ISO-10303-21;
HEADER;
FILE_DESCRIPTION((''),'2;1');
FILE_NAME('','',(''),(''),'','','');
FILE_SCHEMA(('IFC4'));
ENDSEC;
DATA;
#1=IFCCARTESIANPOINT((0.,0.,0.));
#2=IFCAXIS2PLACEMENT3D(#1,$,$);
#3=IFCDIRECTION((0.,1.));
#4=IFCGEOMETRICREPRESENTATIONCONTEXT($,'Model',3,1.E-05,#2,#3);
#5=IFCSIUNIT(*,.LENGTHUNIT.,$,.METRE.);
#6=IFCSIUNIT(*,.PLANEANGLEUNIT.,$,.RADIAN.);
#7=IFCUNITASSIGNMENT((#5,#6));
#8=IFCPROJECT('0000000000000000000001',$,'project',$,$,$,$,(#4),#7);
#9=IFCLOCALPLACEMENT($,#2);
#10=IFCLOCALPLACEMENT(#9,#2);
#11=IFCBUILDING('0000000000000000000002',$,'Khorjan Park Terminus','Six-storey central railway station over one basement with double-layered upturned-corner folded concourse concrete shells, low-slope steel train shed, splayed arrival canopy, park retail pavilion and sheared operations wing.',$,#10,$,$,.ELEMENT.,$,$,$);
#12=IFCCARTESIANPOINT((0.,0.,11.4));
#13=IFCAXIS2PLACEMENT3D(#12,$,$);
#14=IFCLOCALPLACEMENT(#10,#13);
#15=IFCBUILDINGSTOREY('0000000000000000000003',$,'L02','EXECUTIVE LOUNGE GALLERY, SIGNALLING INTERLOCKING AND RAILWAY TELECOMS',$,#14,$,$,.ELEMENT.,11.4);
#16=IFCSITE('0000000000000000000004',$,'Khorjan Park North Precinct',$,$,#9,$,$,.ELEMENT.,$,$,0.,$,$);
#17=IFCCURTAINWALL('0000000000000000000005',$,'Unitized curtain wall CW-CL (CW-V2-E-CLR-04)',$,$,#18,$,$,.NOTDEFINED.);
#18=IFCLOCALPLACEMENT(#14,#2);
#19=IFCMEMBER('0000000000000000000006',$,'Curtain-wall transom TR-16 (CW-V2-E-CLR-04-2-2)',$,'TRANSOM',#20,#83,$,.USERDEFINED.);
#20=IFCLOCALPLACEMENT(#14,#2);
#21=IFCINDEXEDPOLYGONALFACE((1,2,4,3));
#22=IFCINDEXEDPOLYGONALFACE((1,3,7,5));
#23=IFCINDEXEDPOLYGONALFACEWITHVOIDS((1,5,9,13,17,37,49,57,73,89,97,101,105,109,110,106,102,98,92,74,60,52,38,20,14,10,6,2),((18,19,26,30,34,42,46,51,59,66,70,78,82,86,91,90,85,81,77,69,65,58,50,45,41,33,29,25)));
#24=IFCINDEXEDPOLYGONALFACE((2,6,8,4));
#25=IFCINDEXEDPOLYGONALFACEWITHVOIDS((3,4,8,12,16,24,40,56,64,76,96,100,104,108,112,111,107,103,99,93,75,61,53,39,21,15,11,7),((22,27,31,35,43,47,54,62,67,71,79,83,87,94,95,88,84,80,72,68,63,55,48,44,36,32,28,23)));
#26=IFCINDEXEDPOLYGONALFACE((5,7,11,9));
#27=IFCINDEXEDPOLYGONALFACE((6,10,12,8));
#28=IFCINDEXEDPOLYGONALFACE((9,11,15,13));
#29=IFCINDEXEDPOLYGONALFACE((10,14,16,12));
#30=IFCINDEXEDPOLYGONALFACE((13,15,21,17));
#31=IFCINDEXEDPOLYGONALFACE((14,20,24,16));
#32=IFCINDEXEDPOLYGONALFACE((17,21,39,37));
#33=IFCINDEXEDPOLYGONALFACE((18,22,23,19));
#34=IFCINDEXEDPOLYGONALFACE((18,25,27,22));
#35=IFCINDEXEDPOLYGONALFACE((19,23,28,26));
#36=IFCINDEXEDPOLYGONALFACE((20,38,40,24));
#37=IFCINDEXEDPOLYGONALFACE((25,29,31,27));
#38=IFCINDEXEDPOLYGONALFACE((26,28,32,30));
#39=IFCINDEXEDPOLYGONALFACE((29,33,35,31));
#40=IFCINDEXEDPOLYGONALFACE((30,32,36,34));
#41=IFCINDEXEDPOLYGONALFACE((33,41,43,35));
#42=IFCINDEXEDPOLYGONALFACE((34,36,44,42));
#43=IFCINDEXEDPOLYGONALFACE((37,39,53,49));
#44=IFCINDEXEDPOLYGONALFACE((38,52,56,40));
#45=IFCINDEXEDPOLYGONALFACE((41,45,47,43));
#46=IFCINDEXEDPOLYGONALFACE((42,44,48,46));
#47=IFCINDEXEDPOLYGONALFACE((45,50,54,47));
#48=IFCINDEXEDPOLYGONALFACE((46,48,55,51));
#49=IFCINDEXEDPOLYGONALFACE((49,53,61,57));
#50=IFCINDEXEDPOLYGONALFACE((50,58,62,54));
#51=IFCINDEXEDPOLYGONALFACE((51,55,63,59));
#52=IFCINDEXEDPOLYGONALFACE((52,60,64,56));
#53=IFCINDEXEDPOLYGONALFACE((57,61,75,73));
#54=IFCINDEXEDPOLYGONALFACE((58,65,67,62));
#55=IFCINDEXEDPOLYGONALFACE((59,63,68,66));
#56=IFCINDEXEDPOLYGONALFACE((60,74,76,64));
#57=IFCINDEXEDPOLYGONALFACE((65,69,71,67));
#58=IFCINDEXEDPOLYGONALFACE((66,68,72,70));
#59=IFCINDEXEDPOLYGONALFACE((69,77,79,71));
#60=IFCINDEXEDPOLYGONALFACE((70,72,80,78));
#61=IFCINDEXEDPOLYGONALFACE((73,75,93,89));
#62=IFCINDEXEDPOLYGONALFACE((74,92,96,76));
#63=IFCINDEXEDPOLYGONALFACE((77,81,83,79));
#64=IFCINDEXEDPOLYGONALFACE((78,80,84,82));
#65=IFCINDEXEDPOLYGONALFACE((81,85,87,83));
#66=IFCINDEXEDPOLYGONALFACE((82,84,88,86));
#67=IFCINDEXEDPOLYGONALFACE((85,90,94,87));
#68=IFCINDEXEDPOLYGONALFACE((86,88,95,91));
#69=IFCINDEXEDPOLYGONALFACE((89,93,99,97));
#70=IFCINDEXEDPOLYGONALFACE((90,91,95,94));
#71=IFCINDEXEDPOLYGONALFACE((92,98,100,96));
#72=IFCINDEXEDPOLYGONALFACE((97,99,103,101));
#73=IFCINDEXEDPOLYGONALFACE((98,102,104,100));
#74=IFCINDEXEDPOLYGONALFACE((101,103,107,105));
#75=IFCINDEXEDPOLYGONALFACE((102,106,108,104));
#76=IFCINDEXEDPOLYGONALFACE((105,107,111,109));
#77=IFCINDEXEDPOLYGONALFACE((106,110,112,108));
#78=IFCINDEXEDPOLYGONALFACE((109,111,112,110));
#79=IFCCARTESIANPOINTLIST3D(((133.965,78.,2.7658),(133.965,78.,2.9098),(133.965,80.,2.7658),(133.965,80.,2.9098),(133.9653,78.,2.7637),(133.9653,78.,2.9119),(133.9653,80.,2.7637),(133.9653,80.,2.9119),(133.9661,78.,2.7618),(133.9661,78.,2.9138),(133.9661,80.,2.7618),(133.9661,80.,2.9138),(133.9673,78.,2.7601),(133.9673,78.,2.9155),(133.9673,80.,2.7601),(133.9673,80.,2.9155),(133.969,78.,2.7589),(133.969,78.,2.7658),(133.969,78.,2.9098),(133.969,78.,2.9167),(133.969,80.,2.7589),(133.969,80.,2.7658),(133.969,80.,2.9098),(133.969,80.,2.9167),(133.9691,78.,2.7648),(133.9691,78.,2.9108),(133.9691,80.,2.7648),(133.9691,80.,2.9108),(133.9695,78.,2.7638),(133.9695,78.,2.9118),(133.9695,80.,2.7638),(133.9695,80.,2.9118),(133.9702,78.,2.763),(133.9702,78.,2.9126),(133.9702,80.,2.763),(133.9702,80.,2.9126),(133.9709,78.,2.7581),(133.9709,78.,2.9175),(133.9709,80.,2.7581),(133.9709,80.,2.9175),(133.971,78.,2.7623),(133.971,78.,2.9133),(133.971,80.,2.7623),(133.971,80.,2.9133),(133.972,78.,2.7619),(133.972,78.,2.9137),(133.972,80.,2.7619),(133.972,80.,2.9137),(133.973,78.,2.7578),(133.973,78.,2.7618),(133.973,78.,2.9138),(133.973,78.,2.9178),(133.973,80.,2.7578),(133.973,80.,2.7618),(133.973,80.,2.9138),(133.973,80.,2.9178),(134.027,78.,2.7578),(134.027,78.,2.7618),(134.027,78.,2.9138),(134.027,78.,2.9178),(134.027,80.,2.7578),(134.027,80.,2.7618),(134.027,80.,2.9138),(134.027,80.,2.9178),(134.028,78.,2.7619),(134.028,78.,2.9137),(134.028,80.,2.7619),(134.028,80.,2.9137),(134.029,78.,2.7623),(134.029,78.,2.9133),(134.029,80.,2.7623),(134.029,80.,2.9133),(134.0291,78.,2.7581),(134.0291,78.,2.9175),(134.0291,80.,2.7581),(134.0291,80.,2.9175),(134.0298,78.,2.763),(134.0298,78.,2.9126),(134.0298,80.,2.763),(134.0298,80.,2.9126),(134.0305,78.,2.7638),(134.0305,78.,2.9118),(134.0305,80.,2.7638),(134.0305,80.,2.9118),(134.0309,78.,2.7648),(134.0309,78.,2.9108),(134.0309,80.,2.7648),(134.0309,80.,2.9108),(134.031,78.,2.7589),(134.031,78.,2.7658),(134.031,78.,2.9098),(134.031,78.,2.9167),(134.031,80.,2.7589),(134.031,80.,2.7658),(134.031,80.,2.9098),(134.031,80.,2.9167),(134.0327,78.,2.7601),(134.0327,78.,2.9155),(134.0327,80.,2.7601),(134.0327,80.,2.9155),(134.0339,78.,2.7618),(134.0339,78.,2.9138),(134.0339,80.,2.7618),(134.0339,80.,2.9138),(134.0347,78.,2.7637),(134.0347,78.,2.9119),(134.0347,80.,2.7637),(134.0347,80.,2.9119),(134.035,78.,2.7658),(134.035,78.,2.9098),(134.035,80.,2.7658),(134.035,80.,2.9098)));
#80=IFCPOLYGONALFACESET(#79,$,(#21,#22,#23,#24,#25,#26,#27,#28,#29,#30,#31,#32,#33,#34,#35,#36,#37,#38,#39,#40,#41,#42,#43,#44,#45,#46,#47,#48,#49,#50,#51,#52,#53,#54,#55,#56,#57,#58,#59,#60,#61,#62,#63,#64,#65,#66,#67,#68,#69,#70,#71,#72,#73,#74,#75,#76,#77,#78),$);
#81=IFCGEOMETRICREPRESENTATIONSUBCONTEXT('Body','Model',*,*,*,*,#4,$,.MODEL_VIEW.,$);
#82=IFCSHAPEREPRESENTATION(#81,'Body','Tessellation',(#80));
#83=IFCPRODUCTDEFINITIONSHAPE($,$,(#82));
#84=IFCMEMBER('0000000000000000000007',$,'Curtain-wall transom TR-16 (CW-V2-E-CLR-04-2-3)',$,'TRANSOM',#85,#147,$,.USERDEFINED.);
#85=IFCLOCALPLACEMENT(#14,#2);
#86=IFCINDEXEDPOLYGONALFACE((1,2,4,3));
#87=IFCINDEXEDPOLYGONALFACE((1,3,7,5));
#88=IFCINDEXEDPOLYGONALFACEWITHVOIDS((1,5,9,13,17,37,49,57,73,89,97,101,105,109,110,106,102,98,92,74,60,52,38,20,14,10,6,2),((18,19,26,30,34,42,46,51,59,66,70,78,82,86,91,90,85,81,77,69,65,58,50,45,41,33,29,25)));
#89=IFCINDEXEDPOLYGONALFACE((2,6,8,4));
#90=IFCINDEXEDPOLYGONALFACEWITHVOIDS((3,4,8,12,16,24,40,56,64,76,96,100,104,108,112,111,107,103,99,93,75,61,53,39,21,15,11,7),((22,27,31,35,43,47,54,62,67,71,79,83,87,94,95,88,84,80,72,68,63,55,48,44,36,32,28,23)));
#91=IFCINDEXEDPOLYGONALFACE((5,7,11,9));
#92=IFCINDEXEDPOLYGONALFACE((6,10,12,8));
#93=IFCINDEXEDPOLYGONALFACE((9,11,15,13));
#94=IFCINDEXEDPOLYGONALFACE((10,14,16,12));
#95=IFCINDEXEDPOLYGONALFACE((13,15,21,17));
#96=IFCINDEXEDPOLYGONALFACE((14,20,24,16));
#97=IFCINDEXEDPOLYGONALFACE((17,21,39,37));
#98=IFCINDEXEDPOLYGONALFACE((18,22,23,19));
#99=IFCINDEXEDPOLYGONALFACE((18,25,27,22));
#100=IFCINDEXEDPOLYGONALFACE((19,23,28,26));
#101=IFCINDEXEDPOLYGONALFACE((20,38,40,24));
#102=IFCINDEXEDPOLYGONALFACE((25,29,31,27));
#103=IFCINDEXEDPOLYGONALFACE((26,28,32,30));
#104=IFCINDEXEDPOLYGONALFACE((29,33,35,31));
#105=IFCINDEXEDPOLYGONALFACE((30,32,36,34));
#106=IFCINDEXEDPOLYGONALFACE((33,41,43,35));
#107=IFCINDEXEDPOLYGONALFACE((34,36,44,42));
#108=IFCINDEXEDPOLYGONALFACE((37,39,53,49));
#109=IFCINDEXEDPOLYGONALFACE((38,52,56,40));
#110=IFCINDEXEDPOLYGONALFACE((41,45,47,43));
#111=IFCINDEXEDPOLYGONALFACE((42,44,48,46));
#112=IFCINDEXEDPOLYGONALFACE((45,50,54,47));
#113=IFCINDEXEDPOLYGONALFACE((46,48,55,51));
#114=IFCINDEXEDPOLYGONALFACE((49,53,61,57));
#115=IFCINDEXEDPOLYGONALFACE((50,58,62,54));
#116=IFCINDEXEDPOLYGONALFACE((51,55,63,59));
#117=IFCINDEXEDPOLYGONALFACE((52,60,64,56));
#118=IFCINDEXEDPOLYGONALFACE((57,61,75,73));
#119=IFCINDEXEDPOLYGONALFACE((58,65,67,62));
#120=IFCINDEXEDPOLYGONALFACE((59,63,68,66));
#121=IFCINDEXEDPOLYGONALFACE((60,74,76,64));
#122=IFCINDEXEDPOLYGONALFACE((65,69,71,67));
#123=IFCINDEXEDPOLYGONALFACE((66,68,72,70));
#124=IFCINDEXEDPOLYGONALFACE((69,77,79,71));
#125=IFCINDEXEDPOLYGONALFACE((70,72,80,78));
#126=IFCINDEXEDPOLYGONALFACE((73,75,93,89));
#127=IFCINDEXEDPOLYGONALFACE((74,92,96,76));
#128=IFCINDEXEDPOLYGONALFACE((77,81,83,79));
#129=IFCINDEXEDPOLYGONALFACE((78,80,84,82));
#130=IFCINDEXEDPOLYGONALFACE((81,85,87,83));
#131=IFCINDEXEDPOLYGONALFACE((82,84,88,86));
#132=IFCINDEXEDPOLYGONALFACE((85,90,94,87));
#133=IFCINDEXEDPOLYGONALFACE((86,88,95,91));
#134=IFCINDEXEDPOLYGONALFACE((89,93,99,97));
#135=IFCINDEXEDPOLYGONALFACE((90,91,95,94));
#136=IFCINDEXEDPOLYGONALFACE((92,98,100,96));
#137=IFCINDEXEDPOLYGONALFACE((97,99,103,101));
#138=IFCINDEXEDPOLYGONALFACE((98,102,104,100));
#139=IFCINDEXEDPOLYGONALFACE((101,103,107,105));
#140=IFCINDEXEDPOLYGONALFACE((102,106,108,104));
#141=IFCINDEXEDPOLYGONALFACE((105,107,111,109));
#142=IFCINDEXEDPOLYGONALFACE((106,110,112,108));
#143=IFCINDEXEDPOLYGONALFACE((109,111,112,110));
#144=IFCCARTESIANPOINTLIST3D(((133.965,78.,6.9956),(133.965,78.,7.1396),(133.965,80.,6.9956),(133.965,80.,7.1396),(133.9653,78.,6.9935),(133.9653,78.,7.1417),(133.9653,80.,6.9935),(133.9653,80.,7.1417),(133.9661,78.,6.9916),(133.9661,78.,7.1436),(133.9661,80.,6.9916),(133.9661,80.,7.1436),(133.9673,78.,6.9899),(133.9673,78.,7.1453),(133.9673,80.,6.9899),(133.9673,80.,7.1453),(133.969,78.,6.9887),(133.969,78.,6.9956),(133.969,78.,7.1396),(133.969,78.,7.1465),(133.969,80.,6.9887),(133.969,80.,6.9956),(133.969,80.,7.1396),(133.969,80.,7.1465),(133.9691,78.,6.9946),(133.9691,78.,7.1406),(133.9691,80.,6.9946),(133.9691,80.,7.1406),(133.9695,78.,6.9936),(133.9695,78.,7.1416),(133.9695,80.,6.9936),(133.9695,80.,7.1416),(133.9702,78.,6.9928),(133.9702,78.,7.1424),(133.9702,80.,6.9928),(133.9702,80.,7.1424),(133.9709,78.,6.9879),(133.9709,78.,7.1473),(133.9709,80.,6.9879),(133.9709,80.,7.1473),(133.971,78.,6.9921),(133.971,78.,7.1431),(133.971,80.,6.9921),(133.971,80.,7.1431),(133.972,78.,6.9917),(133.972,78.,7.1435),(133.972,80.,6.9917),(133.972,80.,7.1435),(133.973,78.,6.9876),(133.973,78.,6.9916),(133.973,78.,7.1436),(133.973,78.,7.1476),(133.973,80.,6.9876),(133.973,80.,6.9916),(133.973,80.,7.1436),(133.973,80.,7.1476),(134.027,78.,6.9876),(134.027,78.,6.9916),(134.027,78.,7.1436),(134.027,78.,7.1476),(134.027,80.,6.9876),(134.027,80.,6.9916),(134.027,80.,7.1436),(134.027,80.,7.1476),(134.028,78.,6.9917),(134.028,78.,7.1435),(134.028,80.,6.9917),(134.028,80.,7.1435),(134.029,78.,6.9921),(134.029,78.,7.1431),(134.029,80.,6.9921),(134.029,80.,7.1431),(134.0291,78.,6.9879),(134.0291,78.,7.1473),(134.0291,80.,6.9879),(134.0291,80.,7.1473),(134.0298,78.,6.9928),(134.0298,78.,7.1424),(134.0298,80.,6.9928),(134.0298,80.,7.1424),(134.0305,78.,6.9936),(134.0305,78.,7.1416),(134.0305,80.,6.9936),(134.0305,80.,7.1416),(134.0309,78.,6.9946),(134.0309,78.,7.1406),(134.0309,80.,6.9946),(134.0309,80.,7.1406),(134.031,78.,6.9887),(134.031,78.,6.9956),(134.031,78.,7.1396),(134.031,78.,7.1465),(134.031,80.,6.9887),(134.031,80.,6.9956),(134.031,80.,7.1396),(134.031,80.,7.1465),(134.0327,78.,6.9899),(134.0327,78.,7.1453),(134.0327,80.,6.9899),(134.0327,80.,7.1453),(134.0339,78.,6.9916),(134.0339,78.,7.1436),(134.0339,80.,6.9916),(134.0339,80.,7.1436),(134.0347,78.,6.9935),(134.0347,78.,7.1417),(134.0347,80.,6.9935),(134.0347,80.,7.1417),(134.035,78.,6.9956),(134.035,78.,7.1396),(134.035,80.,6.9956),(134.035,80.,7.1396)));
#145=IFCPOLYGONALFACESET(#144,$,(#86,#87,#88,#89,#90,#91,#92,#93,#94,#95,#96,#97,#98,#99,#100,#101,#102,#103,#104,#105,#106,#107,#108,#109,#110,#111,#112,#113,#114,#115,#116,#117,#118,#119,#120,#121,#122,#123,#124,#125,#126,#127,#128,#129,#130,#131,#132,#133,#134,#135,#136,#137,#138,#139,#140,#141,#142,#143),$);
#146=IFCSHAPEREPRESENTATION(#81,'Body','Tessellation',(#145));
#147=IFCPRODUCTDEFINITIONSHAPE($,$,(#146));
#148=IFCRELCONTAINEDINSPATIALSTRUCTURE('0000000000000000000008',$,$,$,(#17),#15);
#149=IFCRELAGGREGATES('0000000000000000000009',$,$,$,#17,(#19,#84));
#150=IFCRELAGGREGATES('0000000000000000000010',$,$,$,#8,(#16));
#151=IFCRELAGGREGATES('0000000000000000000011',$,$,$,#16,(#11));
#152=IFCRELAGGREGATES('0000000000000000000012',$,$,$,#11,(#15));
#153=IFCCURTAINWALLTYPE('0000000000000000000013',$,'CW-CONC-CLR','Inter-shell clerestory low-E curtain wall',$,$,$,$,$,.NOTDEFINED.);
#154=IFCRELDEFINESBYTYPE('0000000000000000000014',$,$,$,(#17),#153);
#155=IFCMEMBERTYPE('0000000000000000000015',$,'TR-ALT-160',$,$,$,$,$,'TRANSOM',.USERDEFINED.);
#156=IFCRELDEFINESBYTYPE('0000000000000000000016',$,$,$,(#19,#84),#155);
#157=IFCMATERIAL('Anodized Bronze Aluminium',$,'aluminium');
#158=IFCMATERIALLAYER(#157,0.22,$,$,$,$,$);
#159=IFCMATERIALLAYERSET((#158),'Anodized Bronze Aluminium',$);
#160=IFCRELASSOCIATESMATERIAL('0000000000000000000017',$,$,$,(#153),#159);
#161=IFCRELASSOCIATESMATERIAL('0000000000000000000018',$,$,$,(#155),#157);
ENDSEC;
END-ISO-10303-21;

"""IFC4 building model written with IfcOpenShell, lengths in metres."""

from ifc_helpers import new_model, si_unit, direction, frame, origin, origin_2d, place, context, subcontext, project, spatial, hollow_rectangle, extrude, material, layer, layer_set, material_profile, profile_set, type_object, element, aggregate, save


model = new_model("IFC4")

# Units and contexts
model_context = context("Model", 3, precision=1e-05, world=origin(), true_north=direction((0.0, 1.0)))
body_context = subcontext(model_context, "Body", "Model", "MODEL_VIEW")
ifc_project = project(units=[si_unit("LENGTHUNIT", "METRE"), si_unit("PLANEANGLEUNIT", "RADIAN")], contexts=[model_context])

# Site, building, storey
site_placement = place(None, origin())
site = spatial("IfcSite", under=ifc_project, at=site_placement, Name="Khorjan Park North Precinct", CompositionType="ELEMENT", RefElevation=0.0)
building_placement = place(site_placement, origin())
building = spatial("IfcBuilding", under=site, at=building_placement, Name="Khorjan Park Terminus", Description="Six-storey central railway station over one basement with double-layered upturned-corner folded concourse concrete shells, low-slope steel train shed, splayed arrival canopy, park retail pavilion and sheared operations wing.", CompositionType="ELEMENT")
storey_placement = place(building_placement, frame((0.0, 0.0, 11.4)))
storey = spatial("IfcBuildingStorey", under=building, at=storey_placement, Name="L02", Description="EXECUTIVE LOUNGE GALLERY, SIGNALLING INTERLOCKING AND RAILWAY TELECOMS", CompositionType="ELEMENT", Elevation=11.4)

# Curtain wall, members
ifc_material_1 = material(Name="Anodized Bronze Aluminium", Category="aluminium")
ifc_layer_1 = layer(ifc_material_1, 0.22)
ifc_layer_set_1 = layer_set([ifc_layer_1], Name="Anodized Bronze Aluminium")
curtain_wall_type = type_object("IfcCurtainWallType", Name="CW-CONC-CLR", Description="Inter-shell clerestory low-E curtain wall", PredefinedType="NOTDEFINED", material=ifc_layer_set_1)
curtain_wall_placement = place(storey_placement, origin())
curtain_wall = element("IfcCurtainWall", 1, at=curtain_wall_placement, inside=storey, type_object=curtain_wall_type, Name="Unitized curtain wall CW-CL (CW-V2-E-CLR-04)", PredefinedType="NOTDEFINED")
ifc_material_profile_1 = material_profile(ifc_material_1, hollow_rectangle(XDim=0.07, YDim=0.16, WallThickness=0.004, InnerFilletRadius=0.004, OuterFilletRadius=0.008, at=origin_2d()), Name="ALT 70x160x4")
ifc_profile_set_1 = profile_set([ifc_material_profile_1], Name="Anodized Bronze Aluminium")
member_type_1 = type_object("IfcMemberType", Name="TR-ALT-160", ElementType="TRANSOM", PredefinedType="USERDEFINED", material=ifc_profile_set_1)
member_1_placement = place(storey_placement, frame((134.0, 78.0, 2.8378), z_axis=(0.0, 1.0, 0.0), x_axis=(-1.0, 0.0, 0.0)))
member_1 = element("IfcMember", 2, at=member_1_placement, type_object=member_type_1, Name="Curtain-wall transom TR-16 (CW-V2-E-CLR-04-2-2)", ObjectType="TRANSOM", PredefinedType="USERDEFINED", context=body_context, shape_type="SweptSolid", body=[
    extrude(hollow_rectangle(XDim=0.07, YDim=0.16, WallThickness=0.004, InnerFilletRadius=0.004, OuterFilletRadius=0.008, at=origin_2d()), origin(), (0.0, 0.0, 1.0), 2.0),
])
member_2_placement = place(storey_placement, frame((134.0, 78.0, 7.0676), z_axis=(0.0, 1.0, 0.0), x_axis=(-1.0, 0.0, 0.0)))
member_2 = element("IfcMember", 3, at=member_2_placement, type_object=member_type_1, Name="Curtain-wall transom TR-16 (CW-V2-E-CLR-04-2-3)", ObjectType="TRANSOM", PredefinedType="USERDEFINED", context=body_context, shape_type="SweptSolid", body=[
    extrude(hollow_rectangle(XDim=0.07, YDim=0.16, WallThickness=0.004, InnerFilletRadius=0.004, OuterFilletRadius=0.008, at=origin_2d()), origin(), (0.0, 0.0, 1.0), 2.0),
])

aggregate(curtain_wall, [member_1, member_2])

save(model, "model.ifc")
